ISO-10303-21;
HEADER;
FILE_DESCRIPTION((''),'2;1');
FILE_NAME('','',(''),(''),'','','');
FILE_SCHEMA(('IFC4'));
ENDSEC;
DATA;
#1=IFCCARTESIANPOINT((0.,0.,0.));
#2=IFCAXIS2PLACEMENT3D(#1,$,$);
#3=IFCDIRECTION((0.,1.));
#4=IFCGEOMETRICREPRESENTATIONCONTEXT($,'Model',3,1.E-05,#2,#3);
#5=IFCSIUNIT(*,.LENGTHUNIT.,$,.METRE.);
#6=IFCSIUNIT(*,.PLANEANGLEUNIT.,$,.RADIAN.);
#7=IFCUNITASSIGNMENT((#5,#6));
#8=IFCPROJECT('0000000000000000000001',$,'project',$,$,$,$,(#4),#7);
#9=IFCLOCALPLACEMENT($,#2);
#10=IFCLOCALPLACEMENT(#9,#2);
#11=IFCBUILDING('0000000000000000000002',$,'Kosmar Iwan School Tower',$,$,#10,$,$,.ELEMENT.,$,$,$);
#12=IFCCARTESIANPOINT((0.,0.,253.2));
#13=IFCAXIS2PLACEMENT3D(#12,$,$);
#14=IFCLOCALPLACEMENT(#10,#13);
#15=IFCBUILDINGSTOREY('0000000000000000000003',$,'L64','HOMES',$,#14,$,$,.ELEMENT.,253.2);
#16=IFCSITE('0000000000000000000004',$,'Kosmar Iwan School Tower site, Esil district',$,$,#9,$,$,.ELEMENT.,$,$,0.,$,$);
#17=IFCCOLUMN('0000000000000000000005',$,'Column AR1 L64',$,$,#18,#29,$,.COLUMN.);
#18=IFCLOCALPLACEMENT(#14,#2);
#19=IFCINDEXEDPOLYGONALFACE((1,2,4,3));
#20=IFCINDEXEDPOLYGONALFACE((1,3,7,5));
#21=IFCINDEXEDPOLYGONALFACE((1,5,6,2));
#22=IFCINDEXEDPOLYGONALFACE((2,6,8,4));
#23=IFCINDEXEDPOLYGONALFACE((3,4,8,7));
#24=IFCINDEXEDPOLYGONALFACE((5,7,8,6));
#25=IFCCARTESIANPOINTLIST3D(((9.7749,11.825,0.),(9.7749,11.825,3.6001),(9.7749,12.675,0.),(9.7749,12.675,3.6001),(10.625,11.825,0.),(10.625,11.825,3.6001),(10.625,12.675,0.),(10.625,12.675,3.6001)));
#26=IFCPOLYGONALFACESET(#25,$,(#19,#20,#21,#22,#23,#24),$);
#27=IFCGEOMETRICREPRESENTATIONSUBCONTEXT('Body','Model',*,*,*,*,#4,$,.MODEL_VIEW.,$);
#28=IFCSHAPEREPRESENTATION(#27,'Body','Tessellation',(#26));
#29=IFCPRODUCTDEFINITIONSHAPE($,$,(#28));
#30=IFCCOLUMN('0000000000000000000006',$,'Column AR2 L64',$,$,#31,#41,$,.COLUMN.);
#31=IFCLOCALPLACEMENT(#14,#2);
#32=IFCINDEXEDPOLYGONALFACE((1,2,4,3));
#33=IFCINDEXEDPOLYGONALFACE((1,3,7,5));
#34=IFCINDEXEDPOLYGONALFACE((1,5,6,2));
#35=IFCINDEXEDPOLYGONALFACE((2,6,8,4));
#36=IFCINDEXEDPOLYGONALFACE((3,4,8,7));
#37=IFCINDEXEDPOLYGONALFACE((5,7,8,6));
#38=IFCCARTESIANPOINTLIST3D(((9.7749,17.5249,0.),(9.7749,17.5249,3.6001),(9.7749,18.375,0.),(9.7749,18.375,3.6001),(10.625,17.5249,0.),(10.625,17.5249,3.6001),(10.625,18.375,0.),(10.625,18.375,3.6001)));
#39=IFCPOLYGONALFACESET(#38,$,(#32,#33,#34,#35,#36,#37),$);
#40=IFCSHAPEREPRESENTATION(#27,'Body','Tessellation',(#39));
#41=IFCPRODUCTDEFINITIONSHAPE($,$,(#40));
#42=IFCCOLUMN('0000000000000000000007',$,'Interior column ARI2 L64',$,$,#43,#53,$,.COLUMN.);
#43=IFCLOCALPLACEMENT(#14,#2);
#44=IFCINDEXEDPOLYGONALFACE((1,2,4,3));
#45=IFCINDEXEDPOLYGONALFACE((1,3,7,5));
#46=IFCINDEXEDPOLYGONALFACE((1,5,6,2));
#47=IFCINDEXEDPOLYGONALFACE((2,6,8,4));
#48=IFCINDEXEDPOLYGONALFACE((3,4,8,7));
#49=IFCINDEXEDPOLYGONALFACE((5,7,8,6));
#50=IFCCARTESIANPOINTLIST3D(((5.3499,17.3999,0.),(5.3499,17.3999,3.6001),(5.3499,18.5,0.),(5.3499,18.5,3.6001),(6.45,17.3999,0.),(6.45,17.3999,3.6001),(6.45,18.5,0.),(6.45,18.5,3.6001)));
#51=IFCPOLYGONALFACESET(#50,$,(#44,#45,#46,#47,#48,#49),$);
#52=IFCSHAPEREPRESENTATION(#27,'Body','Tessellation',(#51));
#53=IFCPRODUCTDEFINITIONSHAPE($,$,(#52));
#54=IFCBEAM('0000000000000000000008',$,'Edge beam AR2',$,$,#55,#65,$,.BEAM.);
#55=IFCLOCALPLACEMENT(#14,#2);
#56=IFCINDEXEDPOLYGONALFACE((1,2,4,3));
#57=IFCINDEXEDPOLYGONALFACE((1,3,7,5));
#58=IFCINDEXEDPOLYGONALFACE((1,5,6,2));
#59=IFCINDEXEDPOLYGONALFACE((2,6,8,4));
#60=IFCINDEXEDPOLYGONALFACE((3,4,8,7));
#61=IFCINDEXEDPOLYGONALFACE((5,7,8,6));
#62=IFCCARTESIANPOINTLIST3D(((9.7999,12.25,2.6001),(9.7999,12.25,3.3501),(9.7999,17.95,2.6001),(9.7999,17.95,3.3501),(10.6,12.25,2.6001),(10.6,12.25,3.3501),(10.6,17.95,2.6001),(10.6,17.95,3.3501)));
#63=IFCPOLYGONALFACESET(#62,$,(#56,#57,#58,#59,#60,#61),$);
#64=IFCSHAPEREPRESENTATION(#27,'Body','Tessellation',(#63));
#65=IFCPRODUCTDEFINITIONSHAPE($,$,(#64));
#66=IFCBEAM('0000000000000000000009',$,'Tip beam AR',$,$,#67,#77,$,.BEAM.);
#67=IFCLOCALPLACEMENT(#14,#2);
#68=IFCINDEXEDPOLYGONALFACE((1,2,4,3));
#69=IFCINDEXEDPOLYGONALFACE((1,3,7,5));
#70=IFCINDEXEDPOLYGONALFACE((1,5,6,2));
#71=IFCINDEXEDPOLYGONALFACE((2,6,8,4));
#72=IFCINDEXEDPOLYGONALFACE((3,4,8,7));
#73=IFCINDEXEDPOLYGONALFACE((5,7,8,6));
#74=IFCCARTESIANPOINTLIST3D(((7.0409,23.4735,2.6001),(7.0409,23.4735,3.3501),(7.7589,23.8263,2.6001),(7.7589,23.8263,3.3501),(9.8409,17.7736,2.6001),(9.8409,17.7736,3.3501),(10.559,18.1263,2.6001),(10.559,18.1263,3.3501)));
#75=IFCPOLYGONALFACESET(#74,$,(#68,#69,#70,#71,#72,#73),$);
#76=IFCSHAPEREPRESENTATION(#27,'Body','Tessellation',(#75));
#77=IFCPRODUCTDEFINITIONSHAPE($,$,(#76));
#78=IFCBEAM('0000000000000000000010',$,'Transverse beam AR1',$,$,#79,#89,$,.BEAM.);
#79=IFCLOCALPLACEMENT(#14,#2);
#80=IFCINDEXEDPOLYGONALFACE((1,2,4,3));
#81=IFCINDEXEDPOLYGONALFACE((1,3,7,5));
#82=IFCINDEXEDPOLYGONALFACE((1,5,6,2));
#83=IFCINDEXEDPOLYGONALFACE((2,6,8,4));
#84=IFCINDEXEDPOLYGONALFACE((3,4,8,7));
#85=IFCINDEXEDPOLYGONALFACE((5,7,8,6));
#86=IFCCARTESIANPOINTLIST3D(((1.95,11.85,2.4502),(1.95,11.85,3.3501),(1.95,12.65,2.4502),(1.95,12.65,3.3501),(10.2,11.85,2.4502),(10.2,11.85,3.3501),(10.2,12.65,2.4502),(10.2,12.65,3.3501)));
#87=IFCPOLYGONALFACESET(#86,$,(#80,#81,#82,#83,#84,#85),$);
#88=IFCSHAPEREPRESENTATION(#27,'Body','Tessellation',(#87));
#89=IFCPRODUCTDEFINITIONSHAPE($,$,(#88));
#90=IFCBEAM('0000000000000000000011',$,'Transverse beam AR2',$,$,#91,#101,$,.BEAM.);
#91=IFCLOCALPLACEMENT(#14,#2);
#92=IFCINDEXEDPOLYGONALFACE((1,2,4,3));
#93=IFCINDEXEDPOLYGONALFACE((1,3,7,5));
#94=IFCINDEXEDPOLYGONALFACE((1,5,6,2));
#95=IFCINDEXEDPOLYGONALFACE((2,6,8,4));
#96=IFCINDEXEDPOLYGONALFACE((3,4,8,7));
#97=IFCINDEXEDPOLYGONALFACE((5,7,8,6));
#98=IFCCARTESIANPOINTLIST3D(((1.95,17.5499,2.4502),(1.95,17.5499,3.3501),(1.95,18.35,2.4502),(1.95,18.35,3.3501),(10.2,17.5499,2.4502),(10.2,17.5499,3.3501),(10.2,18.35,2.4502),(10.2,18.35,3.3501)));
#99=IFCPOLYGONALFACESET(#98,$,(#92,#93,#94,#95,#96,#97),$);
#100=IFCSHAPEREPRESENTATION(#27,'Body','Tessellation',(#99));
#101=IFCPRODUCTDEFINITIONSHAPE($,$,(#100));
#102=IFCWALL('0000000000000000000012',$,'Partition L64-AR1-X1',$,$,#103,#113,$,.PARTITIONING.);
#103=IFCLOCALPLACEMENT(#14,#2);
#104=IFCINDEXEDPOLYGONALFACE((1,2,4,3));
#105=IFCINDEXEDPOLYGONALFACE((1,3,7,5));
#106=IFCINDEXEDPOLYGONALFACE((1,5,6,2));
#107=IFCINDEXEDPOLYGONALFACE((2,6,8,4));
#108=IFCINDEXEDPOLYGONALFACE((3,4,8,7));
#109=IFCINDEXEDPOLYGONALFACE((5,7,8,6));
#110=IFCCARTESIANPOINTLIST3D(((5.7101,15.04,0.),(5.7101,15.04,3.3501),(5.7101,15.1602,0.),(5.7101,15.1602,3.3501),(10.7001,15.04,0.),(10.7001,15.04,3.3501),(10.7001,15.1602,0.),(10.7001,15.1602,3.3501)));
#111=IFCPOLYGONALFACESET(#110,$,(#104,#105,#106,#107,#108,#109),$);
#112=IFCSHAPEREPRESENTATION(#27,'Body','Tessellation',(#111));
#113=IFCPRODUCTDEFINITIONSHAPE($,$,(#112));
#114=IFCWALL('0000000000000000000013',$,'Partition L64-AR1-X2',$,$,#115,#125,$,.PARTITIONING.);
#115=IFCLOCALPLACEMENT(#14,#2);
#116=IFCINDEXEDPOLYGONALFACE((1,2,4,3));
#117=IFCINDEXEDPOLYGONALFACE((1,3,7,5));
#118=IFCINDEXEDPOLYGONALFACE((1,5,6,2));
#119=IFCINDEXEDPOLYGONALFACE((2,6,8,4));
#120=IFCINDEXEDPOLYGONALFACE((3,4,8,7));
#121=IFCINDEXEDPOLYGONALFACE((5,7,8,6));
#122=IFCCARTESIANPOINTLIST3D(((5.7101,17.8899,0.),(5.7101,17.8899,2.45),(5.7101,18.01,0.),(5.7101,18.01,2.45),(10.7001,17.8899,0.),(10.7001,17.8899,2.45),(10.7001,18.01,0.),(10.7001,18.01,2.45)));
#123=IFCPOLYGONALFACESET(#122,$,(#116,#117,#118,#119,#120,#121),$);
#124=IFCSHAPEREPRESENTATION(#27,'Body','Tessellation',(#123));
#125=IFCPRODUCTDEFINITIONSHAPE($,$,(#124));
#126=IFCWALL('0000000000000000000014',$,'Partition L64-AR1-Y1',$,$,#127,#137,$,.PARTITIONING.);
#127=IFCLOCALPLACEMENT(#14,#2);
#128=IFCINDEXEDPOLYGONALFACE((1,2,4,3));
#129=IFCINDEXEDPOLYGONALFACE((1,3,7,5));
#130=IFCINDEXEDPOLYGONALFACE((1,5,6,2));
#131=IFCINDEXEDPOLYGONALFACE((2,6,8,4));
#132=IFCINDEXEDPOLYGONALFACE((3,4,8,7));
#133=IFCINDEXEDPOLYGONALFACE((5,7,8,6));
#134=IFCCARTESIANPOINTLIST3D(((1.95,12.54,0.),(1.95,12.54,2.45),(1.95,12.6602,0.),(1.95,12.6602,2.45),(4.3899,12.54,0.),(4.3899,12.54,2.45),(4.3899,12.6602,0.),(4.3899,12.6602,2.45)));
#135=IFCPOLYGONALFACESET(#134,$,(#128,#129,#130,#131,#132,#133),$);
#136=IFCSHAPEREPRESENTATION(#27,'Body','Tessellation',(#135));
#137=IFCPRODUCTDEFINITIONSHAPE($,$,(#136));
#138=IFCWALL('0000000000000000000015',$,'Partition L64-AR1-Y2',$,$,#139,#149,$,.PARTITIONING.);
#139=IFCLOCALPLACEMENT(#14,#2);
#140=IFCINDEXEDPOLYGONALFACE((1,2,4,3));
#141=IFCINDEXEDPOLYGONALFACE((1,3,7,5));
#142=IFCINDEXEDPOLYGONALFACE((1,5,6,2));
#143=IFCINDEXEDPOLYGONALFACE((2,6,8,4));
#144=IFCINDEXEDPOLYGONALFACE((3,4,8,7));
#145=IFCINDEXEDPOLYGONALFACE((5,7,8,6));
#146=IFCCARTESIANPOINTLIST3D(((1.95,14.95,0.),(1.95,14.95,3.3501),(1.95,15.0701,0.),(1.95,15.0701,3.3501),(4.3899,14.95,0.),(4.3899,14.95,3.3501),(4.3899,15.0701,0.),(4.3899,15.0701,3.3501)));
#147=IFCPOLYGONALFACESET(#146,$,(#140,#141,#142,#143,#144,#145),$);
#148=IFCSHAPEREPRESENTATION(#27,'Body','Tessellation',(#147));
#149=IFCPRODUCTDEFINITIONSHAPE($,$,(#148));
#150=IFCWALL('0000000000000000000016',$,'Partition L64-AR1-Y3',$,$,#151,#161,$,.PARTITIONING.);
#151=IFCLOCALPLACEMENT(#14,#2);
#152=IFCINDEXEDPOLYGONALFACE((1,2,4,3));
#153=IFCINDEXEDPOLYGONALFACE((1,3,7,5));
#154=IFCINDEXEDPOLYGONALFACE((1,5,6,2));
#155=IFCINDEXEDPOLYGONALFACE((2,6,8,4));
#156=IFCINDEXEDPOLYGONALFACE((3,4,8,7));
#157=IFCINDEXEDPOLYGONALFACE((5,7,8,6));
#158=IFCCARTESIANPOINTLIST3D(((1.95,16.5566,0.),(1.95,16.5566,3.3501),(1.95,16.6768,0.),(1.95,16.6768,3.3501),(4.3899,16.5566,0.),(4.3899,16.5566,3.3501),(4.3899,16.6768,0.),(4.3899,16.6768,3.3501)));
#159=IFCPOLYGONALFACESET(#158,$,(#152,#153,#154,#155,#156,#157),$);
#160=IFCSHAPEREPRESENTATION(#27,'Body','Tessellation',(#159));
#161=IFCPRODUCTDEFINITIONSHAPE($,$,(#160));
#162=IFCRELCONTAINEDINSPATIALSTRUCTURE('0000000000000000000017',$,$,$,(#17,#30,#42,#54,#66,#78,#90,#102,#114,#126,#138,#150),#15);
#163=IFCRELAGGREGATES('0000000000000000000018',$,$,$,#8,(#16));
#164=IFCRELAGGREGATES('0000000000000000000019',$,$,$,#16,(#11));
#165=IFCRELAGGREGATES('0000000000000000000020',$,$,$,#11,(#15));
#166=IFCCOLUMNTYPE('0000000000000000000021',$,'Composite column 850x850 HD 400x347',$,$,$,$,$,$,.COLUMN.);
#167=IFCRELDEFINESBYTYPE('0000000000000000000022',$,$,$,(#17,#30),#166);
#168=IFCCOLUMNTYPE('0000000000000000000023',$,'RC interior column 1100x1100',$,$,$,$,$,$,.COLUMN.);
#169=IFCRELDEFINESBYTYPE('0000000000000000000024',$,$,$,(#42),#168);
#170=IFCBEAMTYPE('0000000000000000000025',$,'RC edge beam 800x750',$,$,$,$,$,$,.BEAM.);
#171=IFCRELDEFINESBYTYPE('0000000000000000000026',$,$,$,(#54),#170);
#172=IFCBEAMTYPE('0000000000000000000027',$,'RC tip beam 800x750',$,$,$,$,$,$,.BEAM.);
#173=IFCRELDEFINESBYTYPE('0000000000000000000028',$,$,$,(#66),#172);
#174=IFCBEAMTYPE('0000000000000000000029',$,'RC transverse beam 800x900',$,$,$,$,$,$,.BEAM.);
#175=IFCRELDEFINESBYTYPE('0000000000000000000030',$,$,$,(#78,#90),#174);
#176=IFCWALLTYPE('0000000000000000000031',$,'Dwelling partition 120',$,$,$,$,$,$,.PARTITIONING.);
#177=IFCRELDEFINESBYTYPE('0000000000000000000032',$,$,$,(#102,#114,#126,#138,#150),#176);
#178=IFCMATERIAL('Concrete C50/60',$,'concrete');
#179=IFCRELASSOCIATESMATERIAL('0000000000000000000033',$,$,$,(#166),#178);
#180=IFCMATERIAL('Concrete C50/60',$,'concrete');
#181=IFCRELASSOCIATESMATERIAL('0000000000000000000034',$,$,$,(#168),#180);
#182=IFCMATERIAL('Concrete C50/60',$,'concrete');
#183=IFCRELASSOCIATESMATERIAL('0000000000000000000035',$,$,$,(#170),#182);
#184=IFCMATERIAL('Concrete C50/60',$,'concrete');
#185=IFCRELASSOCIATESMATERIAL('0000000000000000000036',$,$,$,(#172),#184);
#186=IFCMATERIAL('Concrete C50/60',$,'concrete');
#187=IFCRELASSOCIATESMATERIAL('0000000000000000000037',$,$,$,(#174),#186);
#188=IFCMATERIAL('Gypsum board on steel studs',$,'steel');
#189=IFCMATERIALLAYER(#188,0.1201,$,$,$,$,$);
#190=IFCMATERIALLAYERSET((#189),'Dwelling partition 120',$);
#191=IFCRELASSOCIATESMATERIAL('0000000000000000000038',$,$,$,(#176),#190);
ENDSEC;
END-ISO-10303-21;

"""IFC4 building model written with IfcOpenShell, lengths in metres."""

from ifc_helpers import new_model, si_unit, direction, frame, frame_2d, origin, origin_2d, place, context, subcontext, project, spatial, rectangle, extrude, material, layer, layer_set, material_profile, profile_set, type_object, element, save


model = new_model("IFC4")

# Units and contexts
model_context = context("Model", 3, precision=1e-05, world=origin(), true_north=direction((0.0, 1.0)))
body_context = subcontext(model_context, "Body", "Model", "MODEL_VIEW")
ifc_project = project(units=[si_unit("LENGTHUNIT", "METRE"), si_unit("PLANEANGLEUNIT", "RADIAN")], contexts=[model_context])

# Site, building, storey
site_placement = place(None, origin())
site = spatial("IfcSite", under=ifc_project, at=site_placement, Name="Kosmar Iwan School Tower site, Esil district", CompositionType="ELEMENT", RefElevation=0.0)
building_placement = place(site_placement, origin())
building = spatial("IfcBuilding", under=site, at=building_placement, Name="Kosmar Iwan School Tower", CompositionType="ELEMENT")
storey_placement = place(building_placement, frame((0.0, 0.0, 253.2)))
storey = spatial("IfcBuildingStorey", under=building, at=storey_placement, Name="L64", Description="HOMES", CompositionType="ELEMENT", Elevation=253.2)

# Columns
ifc_material_1 = material(Name="Concrete C50/60", Category="concrete")
ifc_material_profile_1 = material_profile(ifc_material_1, rectangle(XDim=0.8501, YDim=0.8501, at=origin_2d()), Name="RC 850x850 + HD 400x347")
ifc_profile_set_1 = profile_set([ifc_material_profile_1], Name="Concrete C50/60")
column_type_1 = type_object("IfcColumnType", Name="Composite column 850x850 HD 400x347", PredefinedType="COLUMN", material=ifc_profile_set_1)
for number, where, z_axis, x_axis, name in (
    (1, (10.2, 12.25, 0.0), (0.0, 0.0, 1.0), (0.0, 1.0, 0.0), "Column AR1 L64"),
    (2, (10.2, 17.95, 0.0), (0.0, 0.0, 1.0), (0.0, 1.0, 0.0), "Column AR2 L64"),
):
    element("IfcColumn", number, at=place(storey_placement, frame(where, z_axis=z_axis, x_axis=x_axis)), inside=storey, type_object=column_type_1, Name=name, PredefinedType="COLUMN", context=body_context, shape_type="SweptSolid", body=[
        extrude(rectangle(XDim=0.8501, YDim=0.8501, at=origin_2d()), origin(), (0.0, 0.0, 1.0), 3.6001),
    ])
ifc_material_2 = material(Name="Concrete C50/60", Category="concrete")
ifc_material_profile_2 = material_profile(ifc_material_2, rectangle(XDim=1.1001, YDim=1.1001, at=origin_2d()), Name="RC 1100x1100")
ifc_profile_set_2 = profile_set([ifc_material_profile_2], Name="Concrete C50/60")
column_type_2 = type_object("IfcColumnType", Name="RC interior column 1100x1100", PredefinedType="COLUMN", material=ifc_profile_set_2)
column_placement = place(storey_placement, frame((5.8999, 17.95, 0.0), z_axis=(0.0, 0.0, 1.0), x_axis=(0.0, 1.0, 0.0)))
element("IfcColumn", 3, at=column_placement, inside=storey, type_object=column_type_2, Name="Interior column ARI2 L64", PredefinedType="COLUMN", context=body_context, shape_type="SweptSolid", body=[
    extrude(rectangle(XDim=1.1001, YDim=1.1001, at=origin_2d()), origin(), (0.0, 0.0, 1.0), 3.6001),
])

# Beams
ifc_material_3 = material(Name="Concrete C50/60", Category="concrete")
ifc_material_profile_3 = material_profile(ifc_material_3, rectangle(XDim=0.8, YDim=0.75, at=origin_2d()), Name="RC 800x750")
ifc_profile_set_3 = profile_set([ifc_material_profile_3], Name="Concrete C50/60")
beam_type_1 = type_object("IfcBeamType", Name="RC edge beam 800x750", PredefinedType="BEAM", material=ifc_profile_set_3)
beam_1_placement = place(storey_placement, frame((10.2, 12.25, 2.9751), z_axis=(0.0, 1.0, 0.0), x_axis=(-1.0, 0.0, 0.0)))
element("IfcBeam", 4, at=beam_1_placement, inside=storey, type_object=beam_type_1, Name="Edge beam AR2", PredefinedType="BEAM", context=body_context, shape_type="SweptSolid", body=[
    extrude(rectangle(XDim=0.8, YDim=0.75, at=origin_2d()), origin(), (0.0, 0.0, 1.0), 5.7),
])
ifc_material_4 = material(Name="Concrete C50/60", Category="concrete")
ifc_material_profile_4 = material_profile(ifc_material_4, rectangle(XDim=0.8, YDim=0.75, at=origin_2d()), Name="RC 800x750")
ifc_profile_set_4 = profile_set([ifc_material_profile_4], Name="Concrete C50/60")
beam_type_2 = type_object("IfcBeamType", Name="RC tip beam 800x750", PredefinedType="BEAM", material=ifc_profile_set_4)
beam_2_placement = place(storey_placement, frame((10.2, 17.95, 2.9751), z_axis=(-0.440913, 0.89755, 0.0), x_axis=(-0.89755, -0.440913, 0.0)))
element("IfcBeam", 5, at=beam_2_placement, inside=storey, type_object=beam_type_2, Name="Tip beam AR", PredefinedType="BEAM", context=body_context, shape_type="SweptSolid", body=[
    extrude(rectangle(XDim=0.8, YDim=0.75, at=origin_2d()), origin(), (0.0, 0.0, 1.0), 6.3506),
])
ifc_material_5 = material(Name="Concrete C50/60", Category="concrete")
ifc_material_profile_5 = material_profile(ifc_material_5, rectangle(XDim=0.8, YDim=0.8999, at=origin_2d()), Name="RC 800x900")
ifc_profile_set_5 = profile_set([ifc_material_profile_5], Name="Concrete C50/60")
beam_type_3 = type_object("IfcBeamType", Name="RC transverse beam 800x900", PredefinedType="BEAM", material=ifc_profile_set_5)
for number, where, z_axis, x_axis, name in (
    (6, (10.2, 12.25, 2.9001), (-1.0, 0.0, 0.0), (0.0, -1.0, 0.0), "Transverse beam AR1"),
    (7, (10.2, 17.95, 2.9001), (-1.0, 0.0, 0.0), (0.0, -1.0, 0.0), "Transverse beam AR2"),
):
    element("IfcBeam", number, at=place(storey_placement, frame(where, z_axis=z_axis, x_axis=x_axis)), inside=storey, type_object=beam_type_3, Name=name, PredefinedType="BEAM", context=body_context, shape_type="SweptSolid", body=[
        extrude(rectangle(XDim=0.8, YDim=0.8999, at=origin_2d()), origin(), (0.0, 0.0, 1.0), 8.25),
    ])

# Walls
ifc_material_6 = material(Name="Gypsum board on steel studs", Category="steel")
ifc_layer = layer(ifc_material_6, 0.1201)
ifc_layer_set = layer_set([ifc_layer], Name="Dwelling partition 120")
wall_type = type_object("IfcWallType", Name="Dwelling partition 120", PredefinedType="PARTITIONING", material=ifc_layer_set)
wall_1_placement = place(storey_placement, frame((5.71, 15.1001, 0.0), z_axis=(0.0, 0.0, 1.0), x_axis=(1.0, 0.0, 0.0)))
element("IfcWall", 8, at=wall_1_placement, inside=storey, type_object=wall_type, Name="Partition L64-AR1-X1", PredefinedType="PARTITIONING", context=body_context, shape_type="SweptSolid", body=[
    extrude(rectangle(XDim=4.99, YDim=0.1201, at=frame_2d((2.4951, 0.0))), origin(), (0.0, 0.0, 1.0), 3.3501),
])
wall_2_placement = place(storey_placement, frame((5.71, 17.95, 0.0), z_axis=(0.0, 0.0, 1.0), x_axis=(1.0, 0.0, 0.0)))
element("IfcWall", 9, at=wall_2_placement, inside=storey, type_object=wall_type, Name="Partition L64-AR1-X2", PredefinedType="PARTITIONING", context=body_context, shape_type="SweptSolid", body=[
    extrude(rectangle(XDim=4.99, YDim=0.1201, at=frame_2d((2.4951, 0.0))), origin(), (0.0, 0.0, 1.0), 2.45),
])
wall_3_placement = place(storey_placement, frame((1.95, 12.6001, 0.0), z_axis=(0.0, 0.0, 1.0), x_axis=(1.0, 0.0, 0.0)))
element("IfcWall", 10, at=wall_3_placement, inside=storey, type_object=wall_type, Name="Partition L64-AR1-Y1", PredefinedType="PARTITIONING", context=body_context, shape_type="SweptSolid", body=[
    extrude(rectangle(XDim=2.4399, YDim=0.1201, at=frame_2d((1.22, 0.0))), origin(), (0.0, 0.0, 1.0), 2.45),
])
for number, where, z_axis, x_axis, name in (
    (11, (1.95, 15.01, 0.0), (0.0, 0.0, 1.0), (1.0, 0.0, 0.0), "Partition L64-AR1-Y2"),
    (12, (1.95, 16.6167, 0.0), (0.0, 0.0, 1.0), (1.0, 0.0, 0.0), "Partition L64-AR1-Y3"),
):
    element("IfcWall", number, at=place(storey_placement, frame(where, z_axis=z_axis, x_axis=x_axis)), inside=storey, type_object=wall_type, Name=name, PredefinedType="PARTITIONING", context=body_context, shape_type="SweptSolid", body=[
        extrude(rectangle(XDim=2.4399, YDim=0.1201, at=frame_2d((1.22, 0.0))), origin(), (0.0, 0.0, 1.0), 3.3501),
    ])

save(model, "model.ifc")
